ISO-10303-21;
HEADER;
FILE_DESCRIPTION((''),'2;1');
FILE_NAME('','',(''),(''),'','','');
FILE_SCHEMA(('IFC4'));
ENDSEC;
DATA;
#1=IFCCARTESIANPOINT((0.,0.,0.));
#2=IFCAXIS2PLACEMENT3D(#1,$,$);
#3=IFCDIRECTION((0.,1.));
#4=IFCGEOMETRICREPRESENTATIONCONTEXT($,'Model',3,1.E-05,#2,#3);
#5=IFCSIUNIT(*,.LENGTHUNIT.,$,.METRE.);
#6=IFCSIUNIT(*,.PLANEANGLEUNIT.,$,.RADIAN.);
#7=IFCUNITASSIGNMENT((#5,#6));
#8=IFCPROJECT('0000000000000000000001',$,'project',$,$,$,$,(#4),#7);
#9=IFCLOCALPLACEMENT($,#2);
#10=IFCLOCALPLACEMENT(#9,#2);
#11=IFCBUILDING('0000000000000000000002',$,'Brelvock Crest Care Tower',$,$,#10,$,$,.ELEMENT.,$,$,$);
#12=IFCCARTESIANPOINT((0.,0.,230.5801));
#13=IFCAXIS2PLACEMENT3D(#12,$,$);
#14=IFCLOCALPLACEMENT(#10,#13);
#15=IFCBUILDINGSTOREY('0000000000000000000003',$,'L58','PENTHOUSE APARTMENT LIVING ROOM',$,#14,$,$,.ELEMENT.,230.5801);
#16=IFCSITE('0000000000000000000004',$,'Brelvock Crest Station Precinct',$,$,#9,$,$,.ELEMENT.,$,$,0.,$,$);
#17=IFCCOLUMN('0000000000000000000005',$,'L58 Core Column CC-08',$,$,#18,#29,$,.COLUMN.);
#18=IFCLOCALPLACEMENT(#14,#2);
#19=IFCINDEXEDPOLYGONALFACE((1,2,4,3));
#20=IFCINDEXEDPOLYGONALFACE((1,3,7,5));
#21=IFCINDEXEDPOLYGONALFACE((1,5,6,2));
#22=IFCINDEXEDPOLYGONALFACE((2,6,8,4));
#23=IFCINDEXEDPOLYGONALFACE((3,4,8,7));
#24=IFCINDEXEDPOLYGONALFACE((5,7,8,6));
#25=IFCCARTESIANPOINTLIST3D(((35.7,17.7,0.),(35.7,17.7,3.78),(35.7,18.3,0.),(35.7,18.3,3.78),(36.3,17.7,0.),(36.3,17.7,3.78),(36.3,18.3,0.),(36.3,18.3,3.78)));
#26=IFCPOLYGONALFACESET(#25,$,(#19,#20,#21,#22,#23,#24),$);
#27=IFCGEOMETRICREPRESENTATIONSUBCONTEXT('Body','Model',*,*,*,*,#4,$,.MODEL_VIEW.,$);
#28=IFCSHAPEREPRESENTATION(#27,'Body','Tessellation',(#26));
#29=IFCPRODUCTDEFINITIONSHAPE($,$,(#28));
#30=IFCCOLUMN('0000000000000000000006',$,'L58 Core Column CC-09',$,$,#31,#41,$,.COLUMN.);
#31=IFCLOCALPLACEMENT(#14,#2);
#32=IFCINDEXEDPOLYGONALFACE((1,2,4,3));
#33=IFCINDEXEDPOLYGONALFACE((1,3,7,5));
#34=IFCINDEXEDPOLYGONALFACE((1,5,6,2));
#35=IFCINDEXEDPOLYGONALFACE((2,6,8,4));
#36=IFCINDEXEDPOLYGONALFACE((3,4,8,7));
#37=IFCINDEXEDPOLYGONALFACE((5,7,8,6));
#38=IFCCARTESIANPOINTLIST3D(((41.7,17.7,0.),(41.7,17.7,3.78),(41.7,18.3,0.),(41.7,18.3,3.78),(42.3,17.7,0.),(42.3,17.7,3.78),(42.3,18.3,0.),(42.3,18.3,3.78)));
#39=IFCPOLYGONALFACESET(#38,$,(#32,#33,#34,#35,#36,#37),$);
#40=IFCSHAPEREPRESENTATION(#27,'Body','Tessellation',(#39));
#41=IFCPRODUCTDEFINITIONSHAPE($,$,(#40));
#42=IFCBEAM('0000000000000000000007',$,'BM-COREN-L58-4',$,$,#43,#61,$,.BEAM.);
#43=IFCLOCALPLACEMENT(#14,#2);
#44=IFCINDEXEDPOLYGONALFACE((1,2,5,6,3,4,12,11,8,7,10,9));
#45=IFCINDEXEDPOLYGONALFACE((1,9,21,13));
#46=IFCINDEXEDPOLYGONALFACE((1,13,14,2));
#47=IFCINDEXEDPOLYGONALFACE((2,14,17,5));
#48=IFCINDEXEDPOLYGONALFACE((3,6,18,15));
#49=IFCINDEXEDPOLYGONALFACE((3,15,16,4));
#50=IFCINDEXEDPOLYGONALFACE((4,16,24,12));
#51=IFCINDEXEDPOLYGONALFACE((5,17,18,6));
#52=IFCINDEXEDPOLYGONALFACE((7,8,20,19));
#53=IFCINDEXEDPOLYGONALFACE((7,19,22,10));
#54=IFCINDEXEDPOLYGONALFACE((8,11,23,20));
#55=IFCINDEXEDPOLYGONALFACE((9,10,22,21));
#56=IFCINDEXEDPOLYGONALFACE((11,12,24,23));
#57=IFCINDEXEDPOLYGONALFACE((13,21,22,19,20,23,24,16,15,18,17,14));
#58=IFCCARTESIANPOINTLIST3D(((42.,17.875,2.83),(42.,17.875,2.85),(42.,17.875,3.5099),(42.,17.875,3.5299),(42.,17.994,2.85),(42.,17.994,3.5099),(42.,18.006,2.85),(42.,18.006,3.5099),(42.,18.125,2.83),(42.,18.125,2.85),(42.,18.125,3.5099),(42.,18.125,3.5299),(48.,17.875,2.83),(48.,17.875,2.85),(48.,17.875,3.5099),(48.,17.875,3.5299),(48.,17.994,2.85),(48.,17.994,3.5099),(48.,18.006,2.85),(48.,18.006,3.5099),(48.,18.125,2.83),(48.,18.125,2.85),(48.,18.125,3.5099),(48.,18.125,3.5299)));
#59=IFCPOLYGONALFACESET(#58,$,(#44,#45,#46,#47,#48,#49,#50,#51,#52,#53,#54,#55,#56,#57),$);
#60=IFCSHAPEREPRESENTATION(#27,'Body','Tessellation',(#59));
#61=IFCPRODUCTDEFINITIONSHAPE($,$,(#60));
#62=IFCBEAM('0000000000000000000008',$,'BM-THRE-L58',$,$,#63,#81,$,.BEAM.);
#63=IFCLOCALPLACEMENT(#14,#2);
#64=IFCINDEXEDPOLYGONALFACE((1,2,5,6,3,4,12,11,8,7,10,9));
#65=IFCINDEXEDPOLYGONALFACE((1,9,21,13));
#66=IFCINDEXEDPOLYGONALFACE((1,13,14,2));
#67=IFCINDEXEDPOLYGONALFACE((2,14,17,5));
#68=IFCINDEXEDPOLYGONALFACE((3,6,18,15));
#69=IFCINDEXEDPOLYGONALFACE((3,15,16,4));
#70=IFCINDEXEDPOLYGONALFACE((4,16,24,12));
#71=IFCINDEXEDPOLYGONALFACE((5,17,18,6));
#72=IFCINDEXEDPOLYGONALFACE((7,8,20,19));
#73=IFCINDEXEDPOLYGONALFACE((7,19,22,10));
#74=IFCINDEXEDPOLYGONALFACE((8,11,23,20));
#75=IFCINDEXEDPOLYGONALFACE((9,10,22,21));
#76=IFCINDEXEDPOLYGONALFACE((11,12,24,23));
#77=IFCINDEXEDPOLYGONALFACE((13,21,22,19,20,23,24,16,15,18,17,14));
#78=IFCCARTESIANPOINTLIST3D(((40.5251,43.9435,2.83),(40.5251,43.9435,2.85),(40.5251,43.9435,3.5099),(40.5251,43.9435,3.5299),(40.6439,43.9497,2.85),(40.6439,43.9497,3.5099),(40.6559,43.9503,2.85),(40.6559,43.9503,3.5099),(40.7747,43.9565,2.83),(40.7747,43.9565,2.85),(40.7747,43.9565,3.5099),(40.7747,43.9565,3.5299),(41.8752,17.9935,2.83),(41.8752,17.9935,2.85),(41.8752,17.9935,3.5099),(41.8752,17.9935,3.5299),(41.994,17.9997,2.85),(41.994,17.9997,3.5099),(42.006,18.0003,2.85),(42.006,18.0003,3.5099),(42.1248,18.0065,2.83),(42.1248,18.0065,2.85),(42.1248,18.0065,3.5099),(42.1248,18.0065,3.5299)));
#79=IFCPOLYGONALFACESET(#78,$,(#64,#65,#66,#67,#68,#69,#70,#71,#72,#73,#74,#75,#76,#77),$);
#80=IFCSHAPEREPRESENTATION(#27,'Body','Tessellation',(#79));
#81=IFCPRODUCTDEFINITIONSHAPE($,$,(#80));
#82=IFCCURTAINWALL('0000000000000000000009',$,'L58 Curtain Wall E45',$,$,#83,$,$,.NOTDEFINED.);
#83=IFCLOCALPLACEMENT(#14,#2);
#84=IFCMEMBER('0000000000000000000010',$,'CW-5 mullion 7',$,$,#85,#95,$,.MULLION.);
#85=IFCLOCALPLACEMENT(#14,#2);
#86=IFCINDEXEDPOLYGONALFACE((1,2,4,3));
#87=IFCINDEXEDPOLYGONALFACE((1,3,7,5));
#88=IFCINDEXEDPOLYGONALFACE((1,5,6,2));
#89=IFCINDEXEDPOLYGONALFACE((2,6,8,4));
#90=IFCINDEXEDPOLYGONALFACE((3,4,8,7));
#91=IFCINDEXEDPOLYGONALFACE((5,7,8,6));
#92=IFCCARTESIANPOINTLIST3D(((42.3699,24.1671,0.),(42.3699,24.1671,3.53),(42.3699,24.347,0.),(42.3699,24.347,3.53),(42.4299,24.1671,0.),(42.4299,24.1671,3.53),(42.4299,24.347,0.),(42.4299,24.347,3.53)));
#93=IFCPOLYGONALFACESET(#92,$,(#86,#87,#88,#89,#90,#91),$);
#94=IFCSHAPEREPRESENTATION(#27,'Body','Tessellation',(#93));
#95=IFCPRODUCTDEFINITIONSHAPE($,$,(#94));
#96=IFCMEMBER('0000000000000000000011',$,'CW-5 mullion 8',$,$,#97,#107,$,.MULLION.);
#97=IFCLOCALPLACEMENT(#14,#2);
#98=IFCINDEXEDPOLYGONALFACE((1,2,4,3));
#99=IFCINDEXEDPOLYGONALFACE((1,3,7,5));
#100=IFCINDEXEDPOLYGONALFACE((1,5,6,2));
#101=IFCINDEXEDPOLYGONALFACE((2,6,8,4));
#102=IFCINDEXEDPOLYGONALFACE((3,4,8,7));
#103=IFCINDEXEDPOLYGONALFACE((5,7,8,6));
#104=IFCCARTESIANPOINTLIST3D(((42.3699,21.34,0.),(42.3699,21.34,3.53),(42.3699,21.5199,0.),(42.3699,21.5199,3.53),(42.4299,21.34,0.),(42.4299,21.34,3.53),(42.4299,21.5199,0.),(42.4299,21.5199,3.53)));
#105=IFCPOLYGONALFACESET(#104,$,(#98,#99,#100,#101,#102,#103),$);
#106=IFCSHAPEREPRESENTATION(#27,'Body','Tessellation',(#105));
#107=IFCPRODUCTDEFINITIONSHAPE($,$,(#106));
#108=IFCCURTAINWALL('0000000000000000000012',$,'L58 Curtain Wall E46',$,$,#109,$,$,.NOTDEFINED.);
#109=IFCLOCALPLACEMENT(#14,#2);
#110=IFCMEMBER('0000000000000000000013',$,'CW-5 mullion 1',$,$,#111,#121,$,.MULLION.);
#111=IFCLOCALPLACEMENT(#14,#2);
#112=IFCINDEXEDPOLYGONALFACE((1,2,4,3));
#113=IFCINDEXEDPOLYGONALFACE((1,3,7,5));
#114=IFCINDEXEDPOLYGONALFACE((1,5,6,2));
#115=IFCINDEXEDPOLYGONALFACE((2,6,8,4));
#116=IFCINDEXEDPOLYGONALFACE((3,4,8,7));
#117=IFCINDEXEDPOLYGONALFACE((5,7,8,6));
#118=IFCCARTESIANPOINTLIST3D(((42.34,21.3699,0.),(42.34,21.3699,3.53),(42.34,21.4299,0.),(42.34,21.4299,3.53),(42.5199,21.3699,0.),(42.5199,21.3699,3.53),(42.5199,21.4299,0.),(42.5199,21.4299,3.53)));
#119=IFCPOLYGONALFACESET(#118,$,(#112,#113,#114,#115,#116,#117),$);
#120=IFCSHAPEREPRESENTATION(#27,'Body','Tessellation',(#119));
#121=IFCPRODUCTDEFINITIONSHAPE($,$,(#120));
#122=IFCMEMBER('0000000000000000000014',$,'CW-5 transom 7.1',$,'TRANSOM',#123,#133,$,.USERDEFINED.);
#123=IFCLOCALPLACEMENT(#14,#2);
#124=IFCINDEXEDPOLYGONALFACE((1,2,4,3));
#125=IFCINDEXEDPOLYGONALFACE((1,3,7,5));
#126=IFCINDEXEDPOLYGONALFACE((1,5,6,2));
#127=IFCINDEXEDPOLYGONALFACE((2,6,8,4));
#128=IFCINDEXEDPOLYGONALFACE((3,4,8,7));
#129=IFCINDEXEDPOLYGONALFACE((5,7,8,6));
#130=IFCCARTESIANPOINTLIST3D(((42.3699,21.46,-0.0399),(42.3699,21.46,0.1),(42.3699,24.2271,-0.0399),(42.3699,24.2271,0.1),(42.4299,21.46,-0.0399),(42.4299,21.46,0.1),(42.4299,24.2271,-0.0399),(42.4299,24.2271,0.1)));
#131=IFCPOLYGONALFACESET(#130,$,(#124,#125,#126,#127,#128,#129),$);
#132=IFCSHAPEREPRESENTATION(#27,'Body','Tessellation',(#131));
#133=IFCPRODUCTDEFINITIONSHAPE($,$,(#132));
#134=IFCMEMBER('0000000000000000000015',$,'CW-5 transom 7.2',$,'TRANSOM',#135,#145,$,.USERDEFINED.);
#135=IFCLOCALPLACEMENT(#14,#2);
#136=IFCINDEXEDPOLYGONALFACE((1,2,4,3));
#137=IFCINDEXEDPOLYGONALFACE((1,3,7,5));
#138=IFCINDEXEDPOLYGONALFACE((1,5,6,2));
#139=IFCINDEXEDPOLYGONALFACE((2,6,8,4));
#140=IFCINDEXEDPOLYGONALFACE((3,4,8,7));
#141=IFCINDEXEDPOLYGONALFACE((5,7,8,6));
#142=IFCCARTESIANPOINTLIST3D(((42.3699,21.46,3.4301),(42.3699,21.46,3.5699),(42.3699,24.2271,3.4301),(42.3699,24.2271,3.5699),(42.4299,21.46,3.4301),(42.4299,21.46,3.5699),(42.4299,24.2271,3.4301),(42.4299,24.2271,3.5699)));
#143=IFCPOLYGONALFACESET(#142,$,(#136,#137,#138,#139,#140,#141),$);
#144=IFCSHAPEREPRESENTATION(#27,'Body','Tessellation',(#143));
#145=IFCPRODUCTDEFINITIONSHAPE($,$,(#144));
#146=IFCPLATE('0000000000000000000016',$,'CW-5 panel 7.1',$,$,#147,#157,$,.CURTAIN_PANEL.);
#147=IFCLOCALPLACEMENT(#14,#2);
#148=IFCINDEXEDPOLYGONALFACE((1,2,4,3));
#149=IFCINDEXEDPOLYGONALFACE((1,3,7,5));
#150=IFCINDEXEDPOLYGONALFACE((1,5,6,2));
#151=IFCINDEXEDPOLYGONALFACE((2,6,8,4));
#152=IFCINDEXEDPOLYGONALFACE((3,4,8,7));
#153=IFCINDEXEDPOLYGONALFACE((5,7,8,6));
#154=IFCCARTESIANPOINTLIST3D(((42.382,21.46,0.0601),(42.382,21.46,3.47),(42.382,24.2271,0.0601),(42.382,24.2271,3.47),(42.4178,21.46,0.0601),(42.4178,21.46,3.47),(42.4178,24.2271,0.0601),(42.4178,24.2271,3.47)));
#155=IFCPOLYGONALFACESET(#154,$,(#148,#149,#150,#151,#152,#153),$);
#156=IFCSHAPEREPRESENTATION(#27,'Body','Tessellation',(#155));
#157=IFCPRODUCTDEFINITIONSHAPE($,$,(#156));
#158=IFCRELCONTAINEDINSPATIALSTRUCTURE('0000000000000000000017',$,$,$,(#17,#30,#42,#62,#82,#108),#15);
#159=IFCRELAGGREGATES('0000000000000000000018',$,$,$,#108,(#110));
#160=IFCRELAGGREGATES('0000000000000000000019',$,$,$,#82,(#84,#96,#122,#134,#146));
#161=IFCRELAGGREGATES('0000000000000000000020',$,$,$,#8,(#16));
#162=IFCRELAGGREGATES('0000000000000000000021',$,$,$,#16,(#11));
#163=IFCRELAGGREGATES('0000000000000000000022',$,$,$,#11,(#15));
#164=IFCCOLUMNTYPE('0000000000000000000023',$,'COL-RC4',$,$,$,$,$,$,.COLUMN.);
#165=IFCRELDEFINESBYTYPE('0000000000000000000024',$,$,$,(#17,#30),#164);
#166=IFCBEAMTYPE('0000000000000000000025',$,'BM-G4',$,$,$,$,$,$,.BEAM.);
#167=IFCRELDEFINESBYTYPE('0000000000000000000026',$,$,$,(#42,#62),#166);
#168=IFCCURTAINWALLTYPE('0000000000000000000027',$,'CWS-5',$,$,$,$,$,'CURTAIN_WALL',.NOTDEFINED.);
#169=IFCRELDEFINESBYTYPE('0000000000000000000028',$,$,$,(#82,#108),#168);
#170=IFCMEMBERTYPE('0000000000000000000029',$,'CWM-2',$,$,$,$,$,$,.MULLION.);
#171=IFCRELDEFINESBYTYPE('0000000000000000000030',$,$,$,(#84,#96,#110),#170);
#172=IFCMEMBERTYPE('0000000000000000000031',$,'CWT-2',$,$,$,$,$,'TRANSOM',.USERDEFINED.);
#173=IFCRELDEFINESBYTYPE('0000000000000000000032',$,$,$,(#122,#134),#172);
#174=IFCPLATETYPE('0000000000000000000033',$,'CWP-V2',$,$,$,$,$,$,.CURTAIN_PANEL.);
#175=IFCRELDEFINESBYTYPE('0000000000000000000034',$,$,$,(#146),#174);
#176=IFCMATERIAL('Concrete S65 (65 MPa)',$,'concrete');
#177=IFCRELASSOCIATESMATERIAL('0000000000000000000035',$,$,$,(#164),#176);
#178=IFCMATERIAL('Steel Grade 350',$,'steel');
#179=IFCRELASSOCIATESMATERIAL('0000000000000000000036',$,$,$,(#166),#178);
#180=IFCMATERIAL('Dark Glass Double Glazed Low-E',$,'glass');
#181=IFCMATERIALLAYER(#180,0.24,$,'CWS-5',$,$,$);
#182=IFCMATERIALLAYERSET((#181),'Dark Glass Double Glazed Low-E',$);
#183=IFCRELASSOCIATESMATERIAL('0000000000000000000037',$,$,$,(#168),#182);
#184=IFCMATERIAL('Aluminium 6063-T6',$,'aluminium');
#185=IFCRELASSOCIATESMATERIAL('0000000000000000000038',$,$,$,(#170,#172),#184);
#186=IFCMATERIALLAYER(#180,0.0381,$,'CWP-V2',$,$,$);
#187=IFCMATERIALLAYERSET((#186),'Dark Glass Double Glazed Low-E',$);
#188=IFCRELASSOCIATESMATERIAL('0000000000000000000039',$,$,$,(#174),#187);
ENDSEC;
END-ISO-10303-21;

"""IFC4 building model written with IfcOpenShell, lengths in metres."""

from ifc_helpers import new_model, si_unit, direction, frame, origin, origin_2d, place, context, subcontext, project, spatial, rectangle, i_section, extrude, source, transform, mapped, material, layer, layer_set, material_profile, profile_set, type_object, element, aggregate, save


model = new_model("IFC4")

# Units and contexts
model_context = context("Model", 3, precision=1e-05, world=origin(), true_north=direction((0.0, 1.0)))
body_context = subcontext(model_context, "Body", "Model", "MODEL_VIEW")
ifc_project = project(units=[si_unit("LENGTHUNIT", "METRE"), si_unit("PLANEANGLEUNIT", "RADIAN")], contexts=[model_context])

# Site, building, storey
site_placement = place(None, origin())
site = spatial("IfcSite", under=ifc_project, at=site_placement, Name="Brelvock Crest Station Precinct", CompositionType="ELEMENT", RefElevation=0.0)
building_placement = place(site_placement, origin())
building = spatial("IfcBuilding", under=site, at=building_placement, Name="Brelvock Crest Care Tower", CompositionType="ELEMENT")
storey_placement = place(building_placement, frame((0.0, 0.0, 230.5801)))
storey = spatial("IfcBuildingStorey", under=building, at=storey_placement, Name="L58", Description="PENTHOUSE APARTMENT LIVING ROOM", CompositionType="ELEMENT", Elevation=230.5801)

# Columns
ifc_material_1 = material(Name="Concrete S65 (65 MPa)", Category="concrete")
ifc_material_profile_1 = material_profile(ifc_material_1, rectangle(XDim=0.6001, YDim=0.6001, at=origin_2d()), Name="RC600x600")
ifc_profile_set_1 = profile_set([ifc_material_profile_1], Name="Concrete S65 (65 MPa)")
column_type = type_object("IfcColumnType", Name="COL-RC4", PredefinedType="COLUMN", material=ifc_profile_set_1)
shared_shape_1 = source(origin(), body_context, "Body", "SweptSolid", [
    extrude(rectangle(XDim=0.6001, YDim=0.6001, at=origin_2d()), origin(), (0.0, 0.0, 1.0), 3.78),
])
for number, where, z_axis, x_axis, name in (
    (1, (36.0, 18.0, 0.0), (0.0, 0.0, 1.0), (1.0, 0.0, 0.0), "L58 Core Column CC-08"),
    (2, (42.0, 18.0, 0.0), (0.0, 0.0, 1.0), (1.0, 0.0, 0.0), "L58 Core Column CC-09"),
):
    element("IfcColumn", number, at=place(storey_placement, frame(where, z_axis=z_axis, x_axis=x_axis)), inside=storey, type_object=column_type, Name=name, PredefinedType="COLUMN", context=body_context, shape_type="MappedRepresentation", body=[
        mapped(shared_shape_1, transform((0.0, 0.0, 0.0), x_axis=(1.0, 0.0, 0.0), y_axis=(0.0, 1.0, 0.0), z_axis=(0.0, 0.0, 1.0), scale=1.0)),
    ])

# Beams
ifc_material_2 = material(Name="Steel Grade 350", Category="steel")
ifc_material_profile_2 = material_profile(ifc_material_2, i_section(OverallWidth=0.25, OverallDepth=0.7, WebThickness=0.012, FlangeThickness=0.02, at=origin_2d()), Name="700WB150")
ifc_profile_set_2 = profile_set([ifc_material_profile_2], Name="Steel Grade 350")
beam_type = type_object("IfcBeamType", Name="BM-G4", PredefinedType="BEAM", material=ifc_profile_set_2)
shared_shape_2 = source(origin(), body_context, "Body", "SweptSolid", [
    extrude(i_section(OverallWidth=0.25, OverallDepth=0.7, WebThickness=0.012, FlangeThickness=0.02, at=origin_2d()), origin(), (0.0, 0.0, 1.0), 6.0),
])
beam_1_placement = place(storey_placement, frame((42.0, 18.0, 3.1799), z_axis=(1.0, 0.0, 0.0), x_axis=(0.0, 1.0, 0.0)))
element("IfcBeam", 3, at=beam_1_placement, inside=storey, type_object=beam_type, Name="BM-COREN-L58-4", PredefinedType="BEAM", context=body_context, shape_type="MappedRepresentation", body=[
    mapped(shared_shape_2, transform((0.0, 0.0, 0.0), x_axis=(1.0, 0.0, 0.0), y_axis=(0.0, 1.0, 0.0), z_axis=(0.0, 0.0, 1.0), scale=1.0)),
])
shared_shape_3 = source(origin(), body_context, "Body", "SweptSolid", [
    extrude(i_section(OverallWidth=0.25, OverallDepth=0.7, WebThickness=0.012, FlangeThickness=0.02, at=origin_2d()), origin(), (0.0, 0.0, 1.0), 25.9851),
])
beam_2_placement = place(storey_placement, frame((42.0, 18.0, 3.1799), z_axis=(-0.051957, 0.998649, 0.0), x_axis=(-0.998649, -0.051957, 0.0)))
element("IfcBeam", 4, at=beam_2_placement, inside=storey, type_object=beam_type, Name="BM-THRE-L58", PredefinedType="BEAM", context=body_context, shape_type="MappedRepresentation", body=[
    mapped(shared_shape_3, transform((0.0, 0.0, 0.0), x_axis=(1.0, 0.0, 0.0), y_axis=(0.0, 1.0, 0.0), z_axis=(0.0, 0.0, 1.0), scale=1.0)),
])

# Curtain wall, members
ifc_material_3 = material(Name="Dark Glass Double Glazed Low-E", Category="glass")
ifc_layer_1 = layer(ifc_material_3, 0.24, Name="CWS-5")
ifc_layer_set_1 = layer_set([ifc_layer_1], Name="Dark Glass Double Glazed Low-E")
curtain_wall_type = type_object("IfcCurtainWallType", Name="CWS-5", ElementType="CURTAIN_WALL", PredefinedType="NOTDEFINED", material=ifc_layer_set_1)
curtain_wall_1_placement = place(storey_placement, origin())
curtain_wall_1 = element("IfcCurtainWall", 5, at=curtain_wall_1_placement, inside=storey, type_object=curtain_wall_type, Name="L58 Curtain Wall E45", PredefinedType="NOTDEFINED")
ifc_material_4 = material(Name="Aluminium 6063-T6", Category="aluminium")
ifc_material_profile_3 = material_profile(ifc_material_4, rectangle(XDim=0.0601, YDim=0.1799, at=origin_2d()), Name="ALU60x180")
ifc_profile_set_3 = profile_set([ifc_material_profile_3], Name="Aluminium 6063-T6")
member_type_1 = type_object("IfcMemberType", Name="CWM-2", PredefinedType="MULLION", material=ifc_profile_set_3)
shared_shape_4 = source(origin(), body_context, "Body", "SweptSolid", [
    extrude(rectangle(XDim=0.0601, YDim=0.1799, at=origin_2d()), origin(), (0.0, 0.0, 1.0), 3.53),
])
member_1_placement = place(storey_placement, frame((42.3999, 24.2571, 0.0), z_axis=(0.0, 0.0, 1.0), x_axis=(1.0, 0.0, 0.0)))
member_1 = element("IfcMember", 6, at=member_1_placement, type_object=member_type_1, Name="CW-5 mullion 7", PredefinedType="MULLION", context=body_context, shape_type="MappedRepresentation", body=[
    mapped(shared_shape_4, transform((0.0, 0.0, 0.0), x_axis=(1.0, 0.0, 0.0), y_axis=(0.0, 1.0, 0.0), z_axis=(0.0, 0.0, 1.0), scale=1.0)),
])
member_2_placement = place(storey_placement, frame((42.3999, 21.4299, 0.0), z_axis=(0.0, 0.0, 1.0), x_axis=(1.0, 0.0, 0.0)))
member_2 = element("IfcMember", 7, at=member_2_placement, type_object=member_type_1, Name="CW-5 mullion 8", PredefinedType="MULLION", context=body_context, shape_type="MappedRepresentation", body=[
    mapped(shared_shape_4, transform((0.0, 0.0, 0.0), x_axis=(1.0, 0.0, 0.0), y_axis=(0.0, 1.0, 0.0), z_axis=(0.0, 0.0, 1.0), scale=1.0)),
])

# Curtain wall, member
curtain_wall_2_placement = place(storey_placement, origin())
curtain_wall_2 = element("IfcCurtainWall", 8, at=curtain_wall_2_placement, inside=storey, type_object=curtain_wall_type, Name="L58 Curtain Wall E46", PredefinedType="NOTDEFINED")
member_3_placement = place(storey_placement, frame((42.4299, 21.3999, 0.0), z_axis=(0.0, 0.0, 1.0), x_axis=(0.0, 1.0, 0.0)))
member_3 = element("IfcMember", 9, at=member_3_placement, type_object=member_type_1, Name="CW-5 mullion 1", PredefinedType="MULLION", context=body_context, shape_type="MappedRepresentation", body=[
    mapped(shared_shape_4, transform((0.0, 0.0, 0.0), x_axis=(1.0, 0.0, 0.0), y_axis=(0.0, 1.0, 0.0), z_axis=(0.0, 0.0, 1.0), scale=1.0)),
])
aggregate(curtain_wall_2, [member_3])

# Members
ifc_material_profile_4 = material_profile(ifc_material_4, rectangle(XDim=0.0601, YDim=0.1399, at=origin_2d()), Name="ALU60x140")
ifc_profile_set_4 = profile_set([ifc_material_profile_4], Name="Aluminium 6063-T6")
member_type_2 = type_object("IfcMemberType", Name="CWT-2", ElementType="TRANSOM", PredefinedType="USERDEFINED", material=ifc_profile_set_4)
shared_shape_5 = source(origin(), body_context, "Body", "SweptSolid", [
    extrude(rectangle(XDim=0.0601, YDim=0.1399, at=origin_2d()), origin(), (0.0, 0.0, 1.0), 2.7671),
])
member_4_placement = place(storey_placement, frame((42.3999, 24.2271, 0.03), z_axis=(0.0, -1.0, 0.0), x_axis=(1.0, 0.0, 0.0)))
member_4 = element("IfcMember", 10, at=member_4_placement, type_object=member_type_2, Name="CW-5 transom 7.1", ObjectType="TRANSOM", PredefinedType="USERDEFINED", context=body_context, shape_type="MappedRepresentation", body=[
    mapped(shared_shape_5, transform((0.0, 0.0, 0.0), x_axis=(1.0, 0.0, 0.0), y_axis=(0.0, 1.0, 0.0), z_axis=(0.0, 0.0, 1.0), scale=1.0)),
])
member_5_placement = place(storey_placement, frame((42.3999, 24.2271, 3.5), z_axis=(0.0, -1.0, 0.0), x_axis=(1.0, 0.0, 0.0)))
member_5 = element("IfcMember", 11, at=member_5_placement, type_object=member_type_2, Name="CW-5 transom 7.2", ObjectType="TRANSOM", PredefinedType="USERDEFINED", context=body_context, shape_type="MappedRepresentation", body=[
    mapped(shared_shape_5, transform((0.0, 0.0, 0.0), x_axis=(1.0, 0.0, 0.0), y_axis=(0.0, 1.0, 0.0), z_axis=(0.0, 0.0, 1.0), scale=1.0)),
])

# Plate
ifc_layer_2 = layer(ifc_material_3, 0.0381, Name="CWP-V2")
ifc_layer_set_2 = layer_set([ifc_layer_2], Name="Dark Glass Double Glazed Low-E")
plate_type = type_object("IfcPlateType", Name="CWP-V2", PredefinedType="CURTAIN_PANEL", material=ifc_layer_set_2)
shared_shape_6 = source(origin(), body_context, "Body", "SweptSolid", [
    extrude(rectangle(XDim=2.7671, YDim=0.0359, at=origin_2d()), origin(), (0.0, 0.0, 1.0), 3.4099),
])
plate_placement = place(storey_placement, frame((42.3999, 22.8435, 0.0601), z_axis=(0.0, 0.0, 1.0), x_axis=(0.0, -1.0, 0.0)))
plate = element("IfcPlate", 12, at=plate_placement, type_object=plate_type, Name="CW-5 panel 7.1", PredefinedType="CURTAIN_PANEL", context=body_context, shape_type="MappedRepresentation", body=[
    mapped(shared_shape_6, transform((0.0, 0.0, 0.0), x_axis=(1.0, 0.0, 0.0), y_axis=(0.0, 1.0, 0.0), z_axis=(0.0, 0.0, 1.0), scale=1.0)),
])
aggregate(curtain_wall_1, [member_1, member_2, member_4, member_5, plate])

save(model, "model.ifc")
